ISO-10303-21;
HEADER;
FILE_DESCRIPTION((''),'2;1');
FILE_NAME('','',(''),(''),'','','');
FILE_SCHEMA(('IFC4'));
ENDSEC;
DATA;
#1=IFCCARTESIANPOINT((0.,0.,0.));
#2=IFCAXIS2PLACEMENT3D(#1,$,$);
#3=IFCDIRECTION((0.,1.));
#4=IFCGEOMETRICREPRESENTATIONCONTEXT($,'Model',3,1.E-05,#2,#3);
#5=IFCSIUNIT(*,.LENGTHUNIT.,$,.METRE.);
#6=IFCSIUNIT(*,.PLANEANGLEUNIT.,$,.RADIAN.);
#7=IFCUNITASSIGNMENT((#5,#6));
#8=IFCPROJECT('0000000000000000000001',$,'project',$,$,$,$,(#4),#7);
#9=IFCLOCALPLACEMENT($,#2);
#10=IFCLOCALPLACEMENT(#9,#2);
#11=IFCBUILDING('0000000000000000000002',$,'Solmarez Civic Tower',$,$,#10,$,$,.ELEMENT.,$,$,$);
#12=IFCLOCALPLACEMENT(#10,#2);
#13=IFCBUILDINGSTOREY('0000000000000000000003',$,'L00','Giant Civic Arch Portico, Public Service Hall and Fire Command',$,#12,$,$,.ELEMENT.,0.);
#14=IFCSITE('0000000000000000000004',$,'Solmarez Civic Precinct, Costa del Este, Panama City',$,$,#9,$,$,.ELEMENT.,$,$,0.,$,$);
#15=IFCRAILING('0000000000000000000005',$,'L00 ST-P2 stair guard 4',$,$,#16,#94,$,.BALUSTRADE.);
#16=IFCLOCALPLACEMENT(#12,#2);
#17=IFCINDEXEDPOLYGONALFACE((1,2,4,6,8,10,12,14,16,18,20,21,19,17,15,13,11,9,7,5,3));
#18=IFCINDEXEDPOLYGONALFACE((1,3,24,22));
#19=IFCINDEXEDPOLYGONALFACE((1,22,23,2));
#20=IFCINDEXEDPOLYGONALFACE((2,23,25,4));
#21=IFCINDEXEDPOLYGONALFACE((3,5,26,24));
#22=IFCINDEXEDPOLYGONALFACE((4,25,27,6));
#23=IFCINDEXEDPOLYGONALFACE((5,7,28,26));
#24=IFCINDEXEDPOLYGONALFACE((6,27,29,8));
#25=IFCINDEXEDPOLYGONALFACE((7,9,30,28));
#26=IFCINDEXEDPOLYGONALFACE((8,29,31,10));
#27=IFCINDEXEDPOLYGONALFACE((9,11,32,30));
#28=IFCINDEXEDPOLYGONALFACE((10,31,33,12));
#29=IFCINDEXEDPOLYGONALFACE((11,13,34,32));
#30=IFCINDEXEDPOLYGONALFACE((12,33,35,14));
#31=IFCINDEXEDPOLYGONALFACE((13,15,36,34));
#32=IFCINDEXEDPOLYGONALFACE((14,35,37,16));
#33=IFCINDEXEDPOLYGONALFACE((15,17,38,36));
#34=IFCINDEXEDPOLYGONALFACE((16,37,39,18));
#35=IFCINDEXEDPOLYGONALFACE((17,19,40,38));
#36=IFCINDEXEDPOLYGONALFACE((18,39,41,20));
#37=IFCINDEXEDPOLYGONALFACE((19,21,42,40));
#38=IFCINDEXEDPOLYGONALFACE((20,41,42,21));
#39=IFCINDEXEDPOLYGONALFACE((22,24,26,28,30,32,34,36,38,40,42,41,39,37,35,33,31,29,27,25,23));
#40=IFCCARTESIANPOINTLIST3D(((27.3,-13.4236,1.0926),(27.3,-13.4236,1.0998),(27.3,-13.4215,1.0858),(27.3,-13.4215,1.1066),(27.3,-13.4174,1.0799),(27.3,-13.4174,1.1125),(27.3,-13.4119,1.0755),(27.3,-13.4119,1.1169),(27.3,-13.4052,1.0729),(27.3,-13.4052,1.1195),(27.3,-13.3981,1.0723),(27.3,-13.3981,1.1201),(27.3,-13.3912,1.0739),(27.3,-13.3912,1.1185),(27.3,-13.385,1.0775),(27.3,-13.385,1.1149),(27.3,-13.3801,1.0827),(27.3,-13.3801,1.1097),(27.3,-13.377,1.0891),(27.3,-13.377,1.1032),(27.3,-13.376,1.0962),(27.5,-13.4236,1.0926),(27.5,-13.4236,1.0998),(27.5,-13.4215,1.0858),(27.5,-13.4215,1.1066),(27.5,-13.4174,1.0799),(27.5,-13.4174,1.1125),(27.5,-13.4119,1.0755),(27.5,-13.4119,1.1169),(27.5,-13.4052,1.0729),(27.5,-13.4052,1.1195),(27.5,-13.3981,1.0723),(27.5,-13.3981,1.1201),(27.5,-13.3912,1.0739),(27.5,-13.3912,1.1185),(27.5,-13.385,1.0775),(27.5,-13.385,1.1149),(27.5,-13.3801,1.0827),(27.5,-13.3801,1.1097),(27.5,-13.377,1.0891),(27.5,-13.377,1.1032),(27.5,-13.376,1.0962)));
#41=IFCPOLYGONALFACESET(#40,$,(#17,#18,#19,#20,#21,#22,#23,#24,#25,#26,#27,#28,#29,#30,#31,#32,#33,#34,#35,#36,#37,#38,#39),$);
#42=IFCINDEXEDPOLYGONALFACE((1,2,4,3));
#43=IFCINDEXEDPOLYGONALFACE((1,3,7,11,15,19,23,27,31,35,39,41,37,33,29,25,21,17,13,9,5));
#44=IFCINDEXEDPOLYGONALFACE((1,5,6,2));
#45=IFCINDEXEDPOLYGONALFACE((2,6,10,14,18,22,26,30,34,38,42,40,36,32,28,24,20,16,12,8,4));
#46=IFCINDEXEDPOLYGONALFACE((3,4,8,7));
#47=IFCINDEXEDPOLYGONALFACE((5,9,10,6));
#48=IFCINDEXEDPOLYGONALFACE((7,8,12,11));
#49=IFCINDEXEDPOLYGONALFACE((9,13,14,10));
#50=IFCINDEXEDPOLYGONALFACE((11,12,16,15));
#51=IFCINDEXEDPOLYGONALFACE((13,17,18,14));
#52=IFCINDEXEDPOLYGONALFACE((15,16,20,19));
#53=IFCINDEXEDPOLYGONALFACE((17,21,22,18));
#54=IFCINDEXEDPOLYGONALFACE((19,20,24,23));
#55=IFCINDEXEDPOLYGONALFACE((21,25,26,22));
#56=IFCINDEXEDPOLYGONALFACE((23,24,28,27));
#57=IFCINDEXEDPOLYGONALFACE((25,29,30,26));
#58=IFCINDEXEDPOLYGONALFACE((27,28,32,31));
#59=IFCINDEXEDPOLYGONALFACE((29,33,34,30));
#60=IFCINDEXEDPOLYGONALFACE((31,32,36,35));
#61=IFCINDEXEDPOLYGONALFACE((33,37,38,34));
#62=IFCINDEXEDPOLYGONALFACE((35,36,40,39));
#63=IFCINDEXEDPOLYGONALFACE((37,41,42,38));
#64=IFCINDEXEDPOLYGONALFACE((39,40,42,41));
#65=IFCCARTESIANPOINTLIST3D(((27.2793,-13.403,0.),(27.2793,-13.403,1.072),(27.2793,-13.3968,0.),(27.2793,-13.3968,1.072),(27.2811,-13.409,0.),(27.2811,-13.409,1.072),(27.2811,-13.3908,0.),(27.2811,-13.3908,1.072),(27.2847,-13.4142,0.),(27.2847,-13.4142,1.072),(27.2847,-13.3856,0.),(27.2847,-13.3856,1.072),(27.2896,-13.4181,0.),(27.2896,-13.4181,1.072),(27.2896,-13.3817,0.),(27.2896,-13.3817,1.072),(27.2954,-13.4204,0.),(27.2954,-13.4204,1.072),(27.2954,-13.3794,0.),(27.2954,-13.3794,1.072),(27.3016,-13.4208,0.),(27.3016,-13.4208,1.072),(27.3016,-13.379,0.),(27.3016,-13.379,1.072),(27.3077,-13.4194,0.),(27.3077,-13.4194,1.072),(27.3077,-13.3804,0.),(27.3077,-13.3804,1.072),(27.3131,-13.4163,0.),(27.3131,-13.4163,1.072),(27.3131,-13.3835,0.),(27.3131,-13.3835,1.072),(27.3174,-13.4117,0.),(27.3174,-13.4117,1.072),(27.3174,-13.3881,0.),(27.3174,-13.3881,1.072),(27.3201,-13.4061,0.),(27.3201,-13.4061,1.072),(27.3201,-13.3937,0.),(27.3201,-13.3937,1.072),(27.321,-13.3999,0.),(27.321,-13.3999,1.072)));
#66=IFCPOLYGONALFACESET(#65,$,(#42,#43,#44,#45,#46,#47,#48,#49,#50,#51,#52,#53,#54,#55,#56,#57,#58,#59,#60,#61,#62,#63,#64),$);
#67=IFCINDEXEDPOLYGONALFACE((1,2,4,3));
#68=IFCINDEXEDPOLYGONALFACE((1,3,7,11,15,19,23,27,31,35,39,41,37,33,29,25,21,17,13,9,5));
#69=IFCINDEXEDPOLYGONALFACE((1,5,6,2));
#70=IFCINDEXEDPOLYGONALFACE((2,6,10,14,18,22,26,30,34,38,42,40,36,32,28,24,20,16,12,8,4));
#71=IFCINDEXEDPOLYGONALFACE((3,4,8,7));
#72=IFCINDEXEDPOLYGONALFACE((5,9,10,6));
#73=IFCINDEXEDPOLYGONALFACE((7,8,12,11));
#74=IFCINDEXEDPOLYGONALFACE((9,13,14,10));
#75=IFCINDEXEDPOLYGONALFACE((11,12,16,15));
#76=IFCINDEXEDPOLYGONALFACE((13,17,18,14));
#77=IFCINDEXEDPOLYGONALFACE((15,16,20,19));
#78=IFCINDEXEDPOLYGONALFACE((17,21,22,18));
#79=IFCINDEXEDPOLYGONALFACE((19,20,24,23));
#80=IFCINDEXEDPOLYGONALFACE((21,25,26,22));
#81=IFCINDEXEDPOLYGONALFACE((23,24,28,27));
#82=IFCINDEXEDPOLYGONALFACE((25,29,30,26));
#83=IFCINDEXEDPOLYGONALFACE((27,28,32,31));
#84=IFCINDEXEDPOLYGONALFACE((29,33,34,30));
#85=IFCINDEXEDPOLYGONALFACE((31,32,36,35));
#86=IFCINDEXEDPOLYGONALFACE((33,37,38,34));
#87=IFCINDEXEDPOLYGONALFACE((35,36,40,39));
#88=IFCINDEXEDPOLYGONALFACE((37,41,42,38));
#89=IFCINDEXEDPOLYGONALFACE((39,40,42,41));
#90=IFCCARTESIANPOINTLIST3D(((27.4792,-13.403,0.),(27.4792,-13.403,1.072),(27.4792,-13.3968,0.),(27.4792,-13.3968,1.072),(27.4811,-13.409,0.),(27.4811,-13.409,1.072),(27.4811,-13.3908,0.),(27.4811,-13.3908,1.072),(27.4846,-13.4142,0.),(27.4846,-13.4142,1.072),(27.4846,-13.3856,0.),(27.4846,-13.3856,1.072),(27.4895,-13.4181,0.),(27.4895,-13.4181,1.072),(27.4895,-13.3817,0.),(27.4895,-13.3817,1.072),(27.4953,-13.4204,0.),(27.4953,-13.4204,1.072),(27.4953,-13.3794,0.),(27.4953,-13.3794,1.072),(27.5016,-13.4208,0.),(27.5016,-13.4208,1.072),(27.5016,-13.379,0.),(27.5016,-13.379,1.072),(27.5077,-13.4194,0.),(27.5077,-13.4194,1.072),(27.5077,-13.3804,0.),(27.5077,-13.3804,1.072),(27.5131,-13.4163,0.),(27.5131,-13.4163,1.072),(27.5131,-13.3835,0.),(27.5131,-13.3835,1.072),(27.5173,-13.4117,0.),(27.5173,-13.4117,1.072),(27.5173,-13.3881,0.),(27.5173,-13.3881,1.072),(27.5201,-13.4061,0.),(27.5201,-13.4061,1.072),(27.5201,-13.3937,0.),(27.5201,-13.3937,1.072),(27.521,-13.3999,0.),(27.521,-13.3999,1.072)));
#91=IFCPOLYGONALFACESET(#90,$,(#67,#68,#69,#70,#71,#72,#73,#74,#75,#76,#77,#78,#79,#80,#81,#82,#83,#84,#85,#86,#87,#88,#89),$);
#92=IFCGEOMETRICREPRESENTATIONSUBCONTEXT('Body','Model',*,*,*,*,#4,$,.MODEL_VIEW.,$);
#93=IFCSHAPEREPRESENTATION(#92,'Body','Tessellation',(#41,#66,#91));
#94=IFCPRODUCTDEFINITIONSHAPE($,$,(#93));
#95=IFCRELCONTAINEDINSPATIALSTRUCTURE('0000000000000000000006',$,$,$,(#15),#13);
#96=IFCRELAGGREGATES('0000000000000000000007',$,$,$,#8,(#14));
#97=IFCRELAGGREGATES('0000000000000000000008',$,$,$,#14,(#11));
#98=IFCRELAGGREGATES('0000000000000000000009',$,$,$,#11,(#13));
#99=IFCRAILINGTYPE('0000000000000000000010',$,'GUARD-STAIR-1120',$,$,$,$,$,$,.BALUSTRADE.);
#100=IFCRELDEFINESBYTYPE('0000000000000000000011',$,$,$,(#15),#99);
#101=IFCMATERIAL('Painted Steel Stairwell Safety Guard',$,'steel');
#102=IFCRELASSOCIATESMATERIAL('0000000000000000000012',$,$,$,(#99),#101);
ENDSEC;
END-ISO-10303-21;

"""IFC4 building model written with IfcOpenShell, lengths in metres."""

from ifc_helpers import new_model, si_unit, direction, frame, origin, origin_2d, place, context, subcontext, project, spatial, circle, extrude, material, type_object, element, save


model = new_model("IFC4")

# Units and contexts
model_context = context("Model", 3, precision=1e-05, world=origin(), true_north=direction((0.0, 1.0)))
body_context = subcontext(model_context, "Body", "Model", "MODEL_VIEW")
ifc_project = project(units=[si_unit("LENGTHUNIT", "METRE"), si_unit("PLANEANGLEUNIT", "RADIAN")], contexts=[model_context])

# Site, building, storey
site_placement = place(None, origin())
site = spatial("IfcSite", under=ifc_project, at=site_placement, Name="Solmarez Civic Precinct, Costa del Este, Panama City", CompositionType="ELEMENT", RefElevation=0.0)
building_placement = place(site_placement, origin())
building = spatial("IfcBuilding", under=site, at=building_placement, Name="Solmarez Civic Tower", CompositionType="ELEMENT")
storey_placement = place(building_placement, origin())
storey = spatial("IfcBuildingStorey", under=building, at=storey_placement, Name="L00", Description="Giant Civic Arch Portico, Public Service Hall and Fire Command", CompositionType="ELEMENT", Elevation=0.0)

# Railing
ifc_material_1 = material(Name="Painted Steel Stairwell Safety Guard", Category="steel")
railing_type_1 = type_object("IfcRailingType", Name="GUARD-STAIR-1120", PredefinedType="BALUSTRADE", material=ifc_material_1)
railing_1_placement = place(storey_placement, frame((27.3, -13.3999, 0.0)))
element("IfcRailing", 1, at=railing_1_placement, inside=storey, type_object=railing_type_1, Name="L00 ST-P2 stair guard 4", PredefinedType="BALUSTRADE", context=body_context, shape_type="SweptSolid", body=[
    extrude(circle(Radius=0.0239, at=origin_2d()), frame((0.0, 0.0, 1.0962), z_axis=(1.0, 0.0, 0.0), x_axis=(0.0, 1.0, 0.0)), (0.0, 0.0, 1.0), 0.2),
    extrude(circle(Radius=0.021, at=origin_2d()), origin(), (0.0, 0.0, 1.0), 1.072),
    extrude(circle(Radius=0.021, at=origin_2d()), frame((0.2, 0.0, 0.0)), (0.0, 0.0, 1.0), 1.072),
])

save(model, "model.ifc")
